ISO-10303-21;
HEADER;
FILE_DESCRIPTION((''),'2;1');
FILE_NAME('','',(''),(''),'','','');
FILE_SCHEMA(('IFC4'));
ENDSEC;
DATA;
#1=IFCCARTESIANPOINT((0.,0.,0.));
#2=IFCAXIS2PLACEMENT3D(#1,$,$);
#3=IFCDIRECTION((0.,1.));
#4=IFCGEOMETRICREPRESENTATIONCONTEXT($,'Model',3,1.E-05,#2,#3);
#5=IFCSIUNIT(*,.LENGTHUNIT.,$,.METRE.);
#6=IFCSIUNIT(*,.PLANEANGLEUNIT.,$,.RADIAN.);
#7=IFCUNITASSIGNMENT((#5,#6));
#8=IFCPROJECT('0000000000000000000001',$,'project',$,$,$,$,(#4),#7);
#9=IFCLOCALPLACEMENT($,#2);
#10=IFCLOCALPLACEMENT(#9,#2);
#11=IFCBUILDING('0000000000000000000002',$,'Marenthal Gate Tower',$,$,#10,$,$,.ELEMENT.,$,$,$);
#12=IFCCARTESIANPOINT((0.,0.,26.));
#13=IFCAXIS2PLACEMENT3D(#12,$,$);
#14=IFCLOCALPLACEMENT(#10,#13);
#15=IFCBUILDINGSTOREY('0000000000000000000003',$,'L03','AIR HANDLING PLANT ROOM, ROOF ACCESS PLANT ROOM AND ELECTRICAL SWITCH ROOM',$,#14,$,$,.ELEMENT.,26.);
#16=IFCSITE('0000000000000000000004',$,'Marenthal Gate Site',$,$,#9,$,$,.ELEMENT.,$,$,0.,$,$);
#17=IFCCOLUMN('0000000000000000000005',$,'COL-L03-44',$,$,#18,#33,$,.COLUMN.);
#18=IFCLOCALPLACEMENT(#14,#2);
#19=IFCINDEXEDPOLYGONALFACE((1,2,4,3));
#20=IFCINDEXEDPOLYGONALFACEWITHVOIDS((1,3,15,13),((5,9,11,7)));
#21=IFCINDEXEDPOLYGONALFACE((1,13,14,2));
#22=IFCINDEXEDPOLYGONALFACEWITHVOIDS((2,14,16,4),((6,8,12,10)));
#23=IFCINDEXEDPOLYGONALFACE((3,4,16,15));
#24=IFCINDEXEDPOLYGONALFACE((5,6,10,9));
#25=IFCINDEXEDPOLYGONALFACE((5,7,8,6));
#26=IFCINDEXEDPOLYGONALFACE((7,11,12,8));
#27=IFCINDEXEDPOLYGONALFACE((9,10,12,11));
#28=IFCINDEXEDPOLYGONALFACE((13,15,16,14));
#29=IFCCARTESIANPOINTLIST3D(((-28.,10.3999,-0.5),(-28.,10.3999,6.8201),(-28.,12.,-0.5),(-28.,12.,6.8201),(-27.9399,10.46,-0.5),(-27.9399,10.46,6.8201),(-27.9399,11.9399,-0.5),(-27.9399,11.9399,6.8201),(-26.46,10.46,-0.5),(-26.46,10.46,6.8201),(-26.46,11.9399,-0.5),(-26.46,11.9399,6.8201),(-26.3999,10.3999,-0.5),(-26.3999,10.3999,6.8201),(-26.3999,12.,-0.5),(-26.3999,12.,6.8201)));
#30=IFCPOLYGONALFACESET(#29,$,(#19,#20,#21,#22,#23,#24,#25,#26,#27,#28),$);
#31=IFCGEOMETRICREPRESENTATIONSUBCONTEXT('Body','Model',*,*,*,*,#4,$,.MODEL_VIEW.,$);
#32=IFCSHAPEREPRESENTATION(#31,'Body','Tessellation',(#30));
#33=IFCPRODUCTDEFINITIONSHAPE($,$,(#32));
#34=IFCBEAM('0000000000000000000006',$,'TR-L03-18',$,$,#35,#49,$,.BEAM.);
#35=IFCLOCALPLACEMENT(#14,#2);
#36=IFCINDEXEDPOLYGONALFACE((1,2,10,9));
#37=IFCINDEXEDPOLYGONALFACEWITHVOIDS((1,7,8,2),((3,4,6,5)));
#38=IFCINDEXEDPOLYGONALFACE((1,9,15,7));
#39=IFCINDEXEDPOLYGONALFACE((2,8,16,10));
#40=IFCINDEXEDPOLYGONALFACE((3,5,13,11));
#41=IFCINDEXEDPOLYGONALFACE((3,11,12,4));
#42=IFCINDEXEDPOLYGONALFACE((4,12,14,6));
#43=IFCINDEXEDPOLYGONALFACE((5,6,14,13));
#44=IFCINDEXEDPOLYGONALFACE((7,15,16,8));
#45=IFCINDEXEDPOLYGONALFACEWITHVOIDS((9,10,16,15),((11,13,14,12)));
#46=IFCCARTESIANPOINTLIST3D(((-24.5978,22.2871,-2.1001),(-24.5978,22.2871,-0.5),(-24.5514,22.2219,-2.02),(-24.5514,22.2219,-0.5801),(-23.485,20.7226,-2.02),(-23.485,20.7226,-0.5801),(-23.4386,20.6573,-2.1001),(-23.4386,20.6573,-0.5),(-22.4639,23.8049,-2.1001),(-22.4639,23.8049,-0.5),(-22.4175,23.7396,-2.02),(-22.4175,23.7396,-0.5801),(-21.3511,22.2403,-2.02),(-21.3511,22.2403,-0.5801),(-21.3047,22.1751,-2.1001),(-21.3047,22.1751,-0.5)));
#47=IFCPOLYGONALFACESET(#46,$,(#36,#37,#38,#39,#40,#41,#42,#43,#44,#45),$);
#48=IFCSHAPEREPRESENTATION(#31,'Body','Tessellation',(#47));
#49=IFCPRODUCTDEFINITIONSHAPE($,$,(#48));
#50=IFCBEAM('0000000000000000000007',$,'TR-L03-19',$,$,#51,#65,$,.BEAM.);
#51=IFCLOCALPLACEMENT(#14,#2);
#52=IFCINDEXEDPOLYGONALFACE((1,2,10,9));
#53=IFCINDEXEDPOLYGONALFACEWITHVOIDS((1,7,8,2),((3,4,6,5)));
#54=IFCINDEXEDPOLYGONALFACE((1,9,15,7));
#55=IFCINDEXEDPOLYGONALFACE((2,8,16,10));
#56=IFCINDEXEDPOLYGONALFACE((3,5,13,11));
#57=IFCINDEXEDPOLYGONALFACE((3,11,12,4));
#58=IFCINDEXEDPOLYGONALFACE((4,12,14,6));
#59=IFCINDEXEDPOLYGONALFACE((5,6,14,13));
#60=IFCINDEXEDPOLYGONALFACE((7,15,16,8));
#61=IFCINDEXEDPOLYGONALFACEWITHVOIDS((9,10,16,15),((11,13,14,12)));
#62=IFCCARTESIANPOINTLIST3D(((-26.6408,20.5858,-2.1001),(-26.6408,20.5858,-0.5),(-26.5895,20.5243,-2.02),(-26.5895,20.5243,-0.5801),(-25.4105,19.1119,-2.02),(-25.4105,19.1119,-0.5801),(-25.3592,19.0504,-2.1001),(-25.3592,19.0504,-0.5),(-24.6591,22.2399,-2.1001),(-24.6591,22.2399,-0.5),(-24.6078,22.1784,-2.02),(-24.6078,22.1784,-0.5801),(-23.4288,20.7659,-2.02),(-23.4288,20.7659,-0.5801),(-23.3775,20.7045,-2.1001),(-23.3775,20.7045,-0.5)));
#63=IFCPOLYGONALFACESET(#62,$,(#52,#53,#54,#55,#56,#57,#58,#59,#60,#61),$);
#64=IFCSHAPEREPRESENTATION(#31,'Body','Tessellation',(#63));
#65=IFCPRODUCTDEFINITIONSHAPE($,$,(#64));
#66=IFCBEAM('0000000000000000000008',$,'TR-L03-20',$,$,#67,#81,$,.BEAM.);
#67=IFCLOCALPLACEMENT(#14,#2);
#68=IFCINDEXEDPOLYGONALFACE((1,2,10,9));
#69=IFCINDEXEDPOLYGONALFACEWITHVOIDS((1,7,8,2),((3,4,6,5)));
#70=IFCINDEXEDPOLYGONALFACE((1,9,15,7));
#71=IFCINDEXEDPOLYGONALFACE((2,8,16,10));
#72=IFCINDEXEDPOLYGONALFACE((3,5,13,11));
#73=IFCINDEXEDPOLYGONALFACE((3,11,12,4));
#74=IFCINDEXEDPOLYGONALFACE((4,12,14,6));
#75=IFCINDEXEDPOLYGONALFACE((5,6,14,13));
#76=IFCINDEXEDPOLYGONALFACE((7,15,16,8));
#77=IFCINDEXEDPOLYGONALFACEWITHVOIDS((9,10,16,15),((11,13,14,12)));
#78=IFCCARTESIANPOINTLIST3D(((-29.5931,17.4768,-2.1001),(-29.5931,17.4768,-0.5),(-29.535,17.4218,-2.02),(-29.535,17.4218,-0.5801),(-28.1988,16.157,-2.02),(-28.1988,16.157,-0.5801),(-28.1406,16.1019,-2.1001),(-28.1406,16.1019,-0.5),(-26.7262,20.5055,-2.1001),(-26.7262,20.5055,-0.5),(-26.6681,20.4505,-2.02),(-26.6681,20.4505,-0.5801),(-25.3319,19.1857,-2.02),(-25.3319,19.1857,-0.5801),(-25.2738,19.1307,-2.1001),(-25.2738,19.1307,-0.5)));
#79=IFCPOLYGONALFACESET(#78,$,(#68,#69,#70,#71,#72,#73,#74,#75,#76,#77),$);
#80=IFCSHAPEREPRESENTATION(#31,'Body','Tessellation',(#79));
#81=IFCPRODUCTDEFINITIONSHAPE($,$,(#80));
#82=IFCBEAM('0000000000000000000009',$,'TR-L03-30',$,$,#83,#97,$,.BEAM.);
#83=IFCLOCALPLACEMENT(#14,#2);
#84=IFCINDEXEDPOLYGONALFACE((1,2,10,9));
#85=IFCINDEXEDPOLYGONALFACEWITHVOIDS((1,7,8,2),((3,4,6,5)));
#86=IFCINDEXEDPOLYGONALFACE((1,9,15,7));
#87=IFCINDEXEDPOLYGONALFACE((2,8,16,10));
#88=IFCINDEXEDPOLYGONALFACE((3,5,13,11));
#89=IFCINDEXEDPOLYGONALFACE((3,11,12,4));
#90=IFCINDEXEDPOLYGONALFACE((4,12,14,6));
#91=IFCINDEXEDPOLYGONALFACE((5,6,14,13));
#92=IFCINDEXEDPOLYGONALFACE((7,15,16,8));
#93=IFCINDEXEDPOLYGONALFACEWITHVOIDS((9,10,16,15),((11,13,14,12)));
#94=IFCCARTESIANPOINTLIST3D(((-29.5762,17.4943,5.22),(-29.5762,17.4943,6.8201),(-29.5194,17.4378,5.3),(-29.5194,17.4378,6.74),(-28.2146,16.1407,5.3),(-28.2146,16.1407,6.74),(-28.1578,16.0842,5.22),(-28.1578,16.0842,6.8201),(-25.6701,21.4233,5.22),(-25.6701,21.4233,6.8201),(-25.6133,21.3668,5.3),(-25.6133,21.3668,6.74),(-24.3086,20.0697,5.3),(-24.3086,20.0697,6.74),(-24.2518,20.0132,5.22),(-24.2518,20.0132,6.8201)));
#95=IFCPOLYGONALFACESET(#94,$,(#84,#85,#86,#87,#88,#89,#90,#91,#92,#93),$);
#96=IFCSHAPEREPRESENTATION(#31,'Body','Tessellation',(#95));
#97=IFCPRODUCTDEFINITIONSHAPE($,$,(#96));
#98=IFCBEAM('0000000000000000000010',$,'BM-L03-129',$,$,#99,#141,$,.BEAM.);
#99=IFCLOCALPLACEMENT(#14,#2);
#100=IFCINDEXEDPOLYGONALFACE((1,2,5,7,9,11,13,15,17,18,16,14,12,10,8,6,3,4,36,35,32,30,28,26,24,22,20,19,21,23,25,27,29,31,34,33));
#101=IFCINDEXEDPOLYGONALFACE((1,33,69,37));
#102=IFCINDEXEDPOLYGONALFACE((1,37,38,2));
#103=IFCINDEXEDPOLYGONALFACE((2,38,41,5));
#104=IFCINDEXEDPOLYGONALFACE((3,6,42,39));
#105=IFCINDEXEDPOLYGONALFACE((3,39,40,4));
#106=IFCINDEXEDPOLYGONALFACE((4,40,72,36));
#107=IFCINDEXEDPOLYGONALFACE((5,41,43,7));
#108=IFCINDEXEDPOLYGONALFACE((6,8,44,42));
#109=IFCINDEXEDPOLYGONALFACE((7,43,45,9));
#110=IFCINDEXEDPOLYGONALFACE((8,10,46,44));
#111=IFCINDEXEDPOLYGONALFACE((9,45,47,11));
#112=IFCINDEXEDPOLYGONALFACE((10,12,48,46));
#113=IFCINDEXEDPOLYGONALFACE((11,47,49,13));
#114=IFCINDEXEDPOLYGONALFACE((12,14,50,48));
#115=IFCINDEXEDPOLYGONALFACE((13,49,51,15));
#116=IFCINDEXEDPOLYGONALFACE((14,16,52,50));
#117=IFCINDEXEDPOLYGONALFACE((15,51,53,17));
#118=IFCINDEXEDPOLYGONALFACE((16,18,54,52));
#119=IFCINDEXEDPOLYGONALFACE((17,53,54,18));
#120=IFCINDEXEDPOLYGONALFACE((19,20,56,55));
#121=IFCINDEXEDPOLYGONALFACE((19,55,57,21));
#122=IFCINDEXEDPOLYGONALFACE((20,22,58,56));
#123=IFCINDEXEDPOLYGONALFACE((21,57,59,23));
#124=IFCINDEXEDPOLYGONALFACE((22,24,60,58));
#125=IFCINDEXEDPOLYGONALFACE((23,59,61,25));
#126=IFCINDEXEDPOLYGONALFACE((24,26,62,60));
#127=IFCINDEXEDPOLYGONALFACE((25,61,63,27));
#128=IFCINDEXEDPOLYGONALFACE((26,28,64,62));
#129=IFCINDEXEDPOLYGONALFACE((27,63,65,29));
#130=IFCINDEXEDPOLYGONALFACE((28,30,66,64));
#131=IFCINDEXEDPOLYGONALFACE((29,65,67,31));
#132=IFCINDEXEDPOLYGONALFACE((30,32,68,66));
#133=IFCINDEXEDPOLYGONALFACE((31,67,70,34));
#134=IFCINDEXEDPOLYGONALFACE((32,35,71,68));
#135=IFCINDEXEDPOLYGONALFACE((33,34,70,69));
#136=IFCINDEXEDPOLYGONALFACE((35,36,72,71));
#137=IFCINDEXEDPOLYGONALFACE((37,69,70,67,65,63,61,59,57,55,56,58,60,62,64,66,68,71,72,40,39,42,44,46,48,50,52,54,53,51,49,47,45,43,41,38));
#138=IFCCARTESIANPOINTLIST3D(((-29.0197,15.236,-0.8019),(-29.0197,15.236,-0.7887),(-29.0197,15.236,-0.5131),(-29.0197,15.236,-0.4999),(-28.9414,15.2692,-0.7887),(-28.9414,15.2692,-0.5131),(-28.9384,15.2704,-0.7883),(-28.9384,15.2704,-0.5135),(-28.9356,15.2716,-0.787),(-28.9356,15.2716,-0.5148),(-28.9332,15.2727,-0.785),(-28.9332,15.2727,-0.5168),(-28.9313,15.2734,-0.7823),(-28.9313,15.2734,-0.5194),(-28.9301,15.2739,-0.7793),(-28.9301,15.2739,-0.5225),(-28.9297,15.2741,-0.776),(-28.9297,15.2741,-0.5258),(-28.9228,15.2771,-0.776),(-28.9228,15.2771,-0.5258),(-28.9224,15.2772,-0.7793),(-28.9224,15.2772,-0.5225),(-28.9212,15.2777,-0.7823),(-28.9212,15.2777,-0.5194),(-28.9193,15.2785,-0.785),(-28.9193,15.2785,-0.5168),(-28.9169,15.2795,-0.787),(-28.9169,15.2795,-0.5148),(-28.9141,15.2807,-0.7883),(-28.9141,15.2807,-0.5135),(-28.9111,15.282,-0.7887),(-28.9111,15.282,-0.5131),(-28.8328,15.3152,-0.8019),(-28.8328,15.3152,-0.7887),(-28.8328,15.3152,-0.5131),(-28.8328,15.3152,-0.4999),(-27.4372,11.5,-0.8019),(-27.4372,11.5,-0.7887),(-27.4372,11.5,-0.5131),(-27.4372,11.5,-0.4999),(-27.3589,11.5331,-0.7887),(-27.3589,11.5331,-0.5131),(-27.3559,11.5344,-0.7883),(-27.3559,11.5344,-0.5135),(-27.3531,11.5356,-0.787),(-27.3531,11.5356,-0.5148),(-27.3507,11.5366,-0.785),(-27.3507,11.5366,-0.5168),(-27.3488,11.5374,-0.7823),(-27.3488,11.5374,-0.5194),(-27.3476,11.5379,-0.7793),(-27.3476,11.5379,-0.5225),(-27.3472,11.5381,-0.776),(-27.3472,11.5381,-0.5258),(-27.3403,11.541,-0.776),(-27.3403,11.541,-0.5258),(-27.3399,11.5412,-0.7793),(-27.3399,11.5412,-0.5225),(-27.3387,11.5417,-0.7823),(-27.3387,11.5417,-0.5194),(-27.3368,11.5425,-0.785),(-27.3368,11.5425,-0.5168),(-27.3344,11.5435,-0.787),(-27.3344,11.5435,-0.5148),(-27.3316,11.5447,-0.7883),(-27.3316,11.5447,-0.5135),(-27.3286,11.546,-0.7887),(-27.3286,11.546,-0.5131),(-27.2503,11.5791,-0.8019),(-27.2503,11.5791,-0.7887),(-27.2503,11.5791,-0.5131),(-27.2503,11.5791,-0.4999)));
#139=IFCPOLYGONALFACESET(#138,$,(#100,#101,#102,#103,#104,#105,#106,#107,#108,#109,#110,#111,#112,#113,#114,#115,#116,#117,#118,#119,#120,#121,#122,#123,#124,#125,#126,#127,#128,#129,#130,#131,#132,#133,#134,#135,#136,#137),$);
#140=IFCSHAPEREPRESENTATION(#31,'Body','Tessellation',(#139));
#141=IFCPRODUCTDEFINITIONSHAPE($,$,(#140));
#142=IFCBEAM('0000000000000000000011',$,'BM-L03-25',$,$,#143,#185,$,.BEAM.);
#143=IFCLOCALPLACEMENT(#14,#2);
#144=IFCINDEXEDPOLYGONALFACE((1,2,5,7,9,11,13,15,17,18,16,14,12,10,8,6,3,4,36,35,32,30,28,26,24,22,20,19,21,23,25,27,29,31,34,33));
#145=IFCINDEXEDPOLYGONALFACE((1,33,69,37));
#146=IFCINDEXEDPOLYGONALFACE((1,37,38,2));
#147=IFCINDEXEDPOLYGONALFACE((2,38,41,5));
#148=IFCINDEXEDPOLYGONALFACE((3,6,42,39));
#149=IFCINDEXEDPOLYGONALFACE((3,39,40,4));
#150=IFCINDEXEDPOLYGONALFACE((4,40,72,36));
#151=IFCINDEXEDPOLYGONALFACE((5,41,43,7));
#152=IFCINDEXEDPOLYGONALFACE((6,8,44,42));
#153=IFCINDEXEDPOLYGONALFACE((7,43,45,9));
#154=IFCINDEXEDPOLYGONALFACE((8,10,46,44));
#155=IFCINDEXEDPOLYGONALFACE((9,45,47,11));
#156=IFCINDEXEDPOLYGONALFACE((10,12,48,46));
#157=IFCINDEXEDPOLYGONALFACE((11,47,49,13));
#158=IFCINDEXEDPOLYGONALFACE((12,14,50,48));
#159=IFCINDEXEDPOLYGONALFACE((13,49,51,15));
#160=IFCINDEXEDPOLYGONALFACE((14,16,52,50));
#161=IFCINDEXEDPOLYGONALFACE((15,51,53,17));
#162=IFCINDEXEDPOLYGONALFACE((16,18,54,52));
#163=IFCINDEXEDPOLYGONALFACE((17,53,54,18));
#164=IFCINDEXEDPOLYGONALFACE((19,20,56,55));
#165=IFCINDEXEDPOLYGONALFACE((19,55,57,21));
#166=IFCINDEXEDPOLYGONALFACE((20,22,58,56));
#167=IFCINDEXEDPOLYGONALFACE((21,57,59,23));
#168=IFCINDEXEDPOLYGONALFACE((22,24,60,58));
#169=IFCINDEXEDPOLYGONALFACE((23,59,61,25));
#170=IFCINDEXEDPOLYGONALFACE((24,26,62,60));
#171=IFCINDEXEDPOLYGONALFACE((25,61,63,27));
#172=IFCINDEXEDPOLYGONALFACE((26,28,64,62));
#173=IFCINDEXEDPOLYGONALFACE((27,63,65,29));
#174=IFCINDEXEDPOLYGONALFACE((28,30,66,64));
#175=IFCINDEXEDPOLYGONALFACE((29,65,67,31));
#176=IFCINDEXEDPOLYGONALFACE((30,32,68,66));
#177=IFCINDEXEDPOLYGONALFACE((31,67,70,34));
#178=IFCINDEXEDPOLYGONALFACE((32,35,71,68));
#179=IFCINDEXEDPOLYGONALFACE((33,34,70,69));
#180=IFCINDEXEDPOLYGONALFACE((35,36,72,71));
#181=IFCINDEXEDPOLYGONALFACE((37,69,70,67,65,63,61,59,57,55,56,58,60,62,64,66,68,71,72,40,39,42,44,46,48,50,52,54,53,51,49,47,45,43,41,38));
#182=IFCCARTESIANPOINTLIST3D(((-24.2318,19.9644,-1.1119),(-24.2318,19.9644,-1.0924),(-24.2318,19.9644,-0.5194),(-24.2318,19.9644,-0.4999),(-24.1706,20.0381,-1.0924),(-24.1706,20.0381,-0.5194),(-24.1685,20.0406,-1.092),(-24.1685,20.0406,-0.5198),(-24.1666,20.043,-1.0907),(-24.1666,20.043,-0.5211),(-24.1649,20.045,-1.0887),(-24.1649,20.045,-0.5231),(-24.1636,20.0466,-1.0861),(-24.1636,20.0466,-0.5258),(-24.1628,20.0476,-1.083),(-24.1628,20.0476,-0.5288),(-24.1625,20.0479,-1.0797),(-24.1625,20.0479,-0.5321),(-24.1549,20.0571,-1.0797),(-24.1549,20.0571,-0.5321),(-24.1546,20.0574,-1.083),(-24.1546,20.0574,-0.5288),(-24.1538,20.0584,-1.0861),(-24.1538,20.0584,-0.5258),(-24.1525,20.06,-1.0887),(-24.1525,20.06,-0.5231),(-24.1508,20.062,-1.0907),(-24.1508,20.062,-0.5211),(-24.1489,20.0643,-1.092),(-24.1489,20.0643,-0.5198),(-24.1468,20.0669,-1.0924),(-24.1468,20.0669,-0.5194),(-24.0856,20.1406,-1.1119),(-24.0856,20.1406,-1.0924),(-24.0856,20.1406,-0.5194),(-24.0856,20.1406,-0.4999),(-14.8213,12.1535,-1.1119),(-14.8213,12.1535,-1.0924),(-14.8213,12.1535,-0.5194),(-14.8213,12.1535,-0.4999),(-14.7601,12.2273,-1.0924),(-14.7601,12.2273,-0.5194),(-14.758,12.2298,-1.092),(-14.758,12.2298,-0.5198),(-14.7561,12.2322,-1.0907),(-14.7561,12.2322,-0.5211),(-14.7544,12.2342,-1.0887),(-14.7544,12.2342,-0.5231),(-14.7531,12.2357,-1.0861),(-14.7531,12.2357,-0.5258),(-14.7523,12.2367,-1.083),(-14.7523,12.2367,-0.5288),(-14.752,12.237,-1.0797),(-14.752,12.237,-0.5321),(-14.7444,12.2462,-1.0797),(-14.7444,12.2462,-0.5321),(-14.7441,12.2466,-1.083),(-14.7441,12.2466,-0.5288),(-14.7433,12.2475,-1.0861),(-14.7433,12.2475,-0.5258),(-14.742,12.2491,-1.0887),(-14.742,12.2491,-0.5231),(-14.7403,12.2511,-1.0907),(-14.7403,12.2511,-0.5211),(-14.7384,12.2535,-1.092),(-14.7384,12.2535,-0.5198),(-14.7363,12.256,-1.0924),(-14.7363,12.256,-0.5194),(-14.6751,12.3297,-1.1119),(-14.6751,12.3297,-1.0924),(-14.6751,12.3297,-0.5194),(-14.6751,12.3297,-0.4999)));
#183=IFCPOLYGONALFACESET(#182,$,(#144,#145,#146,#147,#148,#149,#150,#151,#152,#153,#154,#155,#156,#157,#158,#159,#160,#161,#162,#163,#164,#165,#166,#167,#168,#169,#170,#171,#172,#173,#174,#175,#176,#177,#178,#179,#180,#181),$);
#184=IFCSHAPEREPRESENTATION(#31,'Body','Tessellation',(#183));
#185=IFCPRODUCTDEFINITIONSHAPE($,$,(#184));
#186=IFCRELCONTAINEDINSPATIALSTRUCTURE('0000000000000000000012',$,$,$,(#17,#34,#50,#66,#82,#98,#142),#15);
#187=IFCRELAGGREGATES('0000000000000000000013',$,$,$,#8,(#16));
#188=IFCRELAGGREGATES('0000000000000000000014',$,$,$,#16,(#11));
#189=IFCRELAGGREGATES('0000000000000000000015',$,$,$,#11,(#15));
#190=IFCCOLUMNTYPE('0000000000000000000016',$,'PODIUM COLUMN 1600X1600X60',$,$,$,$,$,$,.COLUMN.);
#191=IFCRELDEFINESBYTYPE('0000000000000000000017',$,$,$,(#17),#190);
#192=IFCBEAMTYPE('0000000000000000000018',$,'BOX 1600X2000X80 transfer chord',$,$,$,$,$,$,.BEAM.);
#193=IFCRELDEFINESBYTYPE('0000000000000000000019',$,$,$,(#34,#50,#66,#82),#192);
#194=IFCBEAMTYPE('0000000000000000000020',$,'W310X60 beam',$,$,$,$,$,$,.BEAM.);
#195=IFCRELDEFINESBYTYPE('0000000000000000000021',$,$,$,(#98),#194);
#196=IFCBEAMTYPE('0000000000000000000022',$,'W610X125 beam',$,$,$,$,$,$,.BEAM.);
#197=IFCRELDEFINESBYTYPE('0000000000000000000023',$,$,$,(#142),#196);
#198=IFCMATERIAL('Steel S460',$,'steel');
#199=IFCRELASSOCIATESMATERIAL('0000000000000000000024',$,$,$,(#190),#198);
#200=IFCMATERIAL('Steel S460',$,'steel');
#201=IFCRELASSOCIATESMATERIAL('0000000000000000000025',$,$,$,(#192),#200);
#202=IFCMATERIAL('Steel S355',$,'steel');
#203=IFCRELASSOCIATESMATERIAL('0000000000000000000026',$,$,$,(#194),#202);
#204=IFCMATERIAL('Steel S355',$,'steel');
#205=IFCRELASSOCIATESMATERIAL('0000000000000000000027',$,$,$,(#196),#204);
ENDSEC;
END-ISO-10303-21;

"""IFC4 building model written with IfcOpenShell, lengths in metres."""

from ifc_helpers import new_model, si_unit, direction, frame, origin, origin_2d, place, context, subcontext, project, spatial, rectangle, hollow_rectangle, i_section, extrude, material, material_profile, profile_set, type_object, element, save


model = new_model("IFC4")

# Units and contexts
model_context = context("Model", 3, precision=1e-05, world=origin(), true_north=direction((0.0, 1.0)))
body_context = subcontext(model_context, "Body", "Model", "MODEL_VIEW")
ifc_project = project(units=[si_unit("LENGTHUNIT", "METRE"), si_unit("PLANEANGLEUNIT", "RADIAN")], contexts=[model_context])

# Site, building, storey
site_placement = place(None, origin())
site = spatial("IfcSite", under=ifc_project, at=site_placement, Name="Marenthal Gate Site", CompositionType="ELEMENT", RefElevation=0.0)
building_placement = place(site_placement, origin())
building = spatial("IfcBuilding", under=site, at=building_placement, Name="Marenthal Gate Tower", CompositionType="ELEMENT")
storey_placement = place(building_placement, frame((0.0, 0.0, 26.0)))
storey = spatial("IfcBuildingStorey", under=building, at=storey_placement, Name="L03", Description="AIR HANDLING PLANT ROOM, ROOF ACCESS PLANT ROOM AND ELECTRICAL SWITCH ROOM", CompositionType="ELEMENT", Elevation=26.0)

# Column
ifc_material_1 = material(Name="Steel S460", Category="steel")
ifc_material_profile_1 = material_profile(ifc_material_1, hollow_rectangle(XDim=1.6001, YDim=1.6001, WallThickness=0.0601, at=origin_2d()), Name="CFT BOX 1600X1600X60")
ifc_material_2 = material(Name="Concrete 70 MPa", Category="concrete")
ifc_material_profile_2 = material_profile(ifc_material_2, rectangle(XDim=1.48, YDim=1.48, at=origin_2d()), Name="CFT BOX 1600X1600X60 INFILL")
ifc_profile_set_1 = profile_set([ifc_material_profile_1, ifc_material_profile_2], Name="Steel S460 shell, Concrete 70 MPa infill")
column_type = type_object("IfcColumnType", Name="PODIUM COLUMN 1600X1600X60", PredefinedType="COLUMN", material=ifc_profile_set_1)
column_placement = place(storey_placement, frame((-27.2, 11.2, -0.5), z_axis=(0.0, 0.0, 1.0), x_axis=(1.0, 0.0, 0.0)))
element("IfcColumn", 1, at=column_placement, inside=storey, type_object=column_type, Name="COL-L03-44", PredefinedType="COLUMN", context=body_context, shape_type="SweptSolid", body=[
    extrude(hollow_rectangle(XDim=1.6001, YDim=1.6001, WallThickness=0.0601, at=origin_2d()), origin(), (0.0, 0.0, 1.0), 7.3201),
])

# Beams
ifc_material_3 = material(Name="Steel S460", Category="steel")
ifc_material_profile_3 = material_profile(ifc_material_3, hollow_rectangle(XDim=2.0, YDim=1.6001, WallThickness=0.0801, at=origin_2d()), Name="BOX 1600X2000X80")
ifc_profile_set_2 = profile_set([ifc_material_profile_3], Name="Steel S460")
beam_type_1 = type_object("IfcBeamType", Name="BOX 1600X2000X80 transfer chord", PredefinedType="BEAM", material=ifc_profile_set_2)
beam_1_placement = place(storey_placement, frame((-21.8843, 22.99, -1.3), z_axis=(-0.814903, -0.579597, 0.0), x_axis=(0.579597, -0.814903, 0.0)))
element("IfcBeam", 2, at=beam_1_placement, inside=storey, type_object=beam_type_1, Name="TR-L03-18", PredefinedType="BEAM", context=body_context, shape_type="SweptSolid", body=[
    extrude(hollow_rectangle(XDim=2.0, YDim=1.6001, WallThickness=0.0801, at=origin_2d()), origin(), (0.0, 0.0, 1.0), 2.6187),
])
beam_2_placement = place(storey_placement, frame((-24.0183, 21.4722, -1.3), z_axis=(-0.767717, -0.640789, 0.0), x_axis=(0.640789, -0.767717, 0.0)))
element("IfcBeam", 3, at=beam_2_placement, inside=storey, type_object=beam_type_1, Name="TR-L03-19", PredefinedType="BEAM", context=body_context, shape_type="SweptSolid", body=[
    extrude(hollow_rectangle(XDim=2.0, YDim=1.6001, WallThickness=0.0801, at=origin_2d()), origin(), (0.0, 0.0, 1.0), 2.5813),
])
beam_3_placement = place(storey_placement, frame((-26.0, 19.8181, -1.3), z_axis=(-0.687434, -0.726246, 0.0), x_axis=(0.726246, -0.687434, 0.0)))
element("IfcBeam", 4, at=beam_3_placement, inside=storey, type_object=beam_type_1, Name="TR-L03-20", PredefinedType="BEAM", context=body_context, shape_type="SweptSolid", body=[
    extrude(hollow_rectangle(XDim=2.0, YDim=1.6001, WallThickness=0.0801, at=origin_2d()), origin(), (0.0, 0.0, 1.0), 4.1704),
])
beam_4_placement = place(storey_placement, frame((-24.9609, 20.7183, 6.02), z_axis=(-0.705033, -0.709175, 0.0), x_axis=(0.709175, -0.705033, 0.0)))
element("IfcBeam", 5, at=beam_4_placement, inside=storey, type_object=beam_type_1, Name="TR-L03-30", PredefinedType="BEAM", context=body_context, shape_type="SweptSolid", body=[
    extrude(hollow_rectangle(XDim=2.0, YDim=1.6001, WallThickness=0.0801, at=origin_2d()), origin(), (0.0, 0.0, 1.0), 5.5403),
])
ifc_material_4 = material(Name="Steel S355", Category="steel")
ifc_material_profile_4 = material_profile(ifc_material_4, i_section(OverallWidth=0.2029, OverallDepth=0.302, WebThickness=0.0076, FlangeThickness=0.0132, FilletRadius=0.0127, at=origin_2d()), Name="W310X60")
ifc_profile_set_3 = profile_set([ifc_material_profile_4], Name="Steel S355")
beam_type_2 = type_object("IfcBeamType", Name="W310X60 beam", PredefinedType="BEAM", material=ifc_profile_set_3)
beam_5_placement = place(storey_placement, frame((-27.3438, 11.5396, -0.6509), z_axis=(-0.390031, 0.920802, 0.0), x_axis=(-0.920802, -0.390031, 0.0)))
element("IfcBeam", 6, at=beam_5_placement, inside=storey, type_object=beam_type_2, Name="BM-L03-129", PredefinedType="BEAM", context=body_context, shape_type="SweptSolid", body=[
    extrude(i_section(OverallWidth=0.2029, OverallDepth=0.302, WebThickness=0.0076, FlangeThickness=0.0132, FilletRadius=0.0127, at=origin_2d()), origin(), (0.0, 0.0, 1.0), 4.0574),
])
ifc_material_5 = material(Name="Steel S355", Category="steel")
ifc_material_profile_5 = material_profile(ifc_material_5, i_section(OverallWidth=0.229, OverallDepth=0.6121, WebThickness=0.012, FlangeThickness=0.0195, FilletRadius=0.0127, at=origin_2d()), Name="W610X125")
ifc_profile_set_4 = profile_set([ifc_material_profile_5], Name="Steel S355")
beam_type_3 = type_object("IfcBeamType", Name="W610X125 beam", PredefinedType="BEAM", material=ifc_profile_set_4)
beam_6_placement = place(storey_placement, frame((-24.1587, 20.0525, -0.8059), z_axis=(0.769475, -0.638677, 0.0), x_axis=(0.638677, 0.769475, 0.0)))
element("IfcBeam", 7, at=beam_6_placement, inside=storey, type_object=beam_type_3, Name="BM-L03-25", PredefinedType="BEAM", context=body_context, shape_type="SweptSolid", body=[
    extrude(i_section(OverallWidth=0.229, OverallDepth=0.6121, WebThickness=0.012, FlangeThickness=0.0195, FilletRadius=0.0127, at=origin_2d()), origin(), (0.0, 0.0, 1.0), 12.2297),
])

save(model, "model.ifc")
